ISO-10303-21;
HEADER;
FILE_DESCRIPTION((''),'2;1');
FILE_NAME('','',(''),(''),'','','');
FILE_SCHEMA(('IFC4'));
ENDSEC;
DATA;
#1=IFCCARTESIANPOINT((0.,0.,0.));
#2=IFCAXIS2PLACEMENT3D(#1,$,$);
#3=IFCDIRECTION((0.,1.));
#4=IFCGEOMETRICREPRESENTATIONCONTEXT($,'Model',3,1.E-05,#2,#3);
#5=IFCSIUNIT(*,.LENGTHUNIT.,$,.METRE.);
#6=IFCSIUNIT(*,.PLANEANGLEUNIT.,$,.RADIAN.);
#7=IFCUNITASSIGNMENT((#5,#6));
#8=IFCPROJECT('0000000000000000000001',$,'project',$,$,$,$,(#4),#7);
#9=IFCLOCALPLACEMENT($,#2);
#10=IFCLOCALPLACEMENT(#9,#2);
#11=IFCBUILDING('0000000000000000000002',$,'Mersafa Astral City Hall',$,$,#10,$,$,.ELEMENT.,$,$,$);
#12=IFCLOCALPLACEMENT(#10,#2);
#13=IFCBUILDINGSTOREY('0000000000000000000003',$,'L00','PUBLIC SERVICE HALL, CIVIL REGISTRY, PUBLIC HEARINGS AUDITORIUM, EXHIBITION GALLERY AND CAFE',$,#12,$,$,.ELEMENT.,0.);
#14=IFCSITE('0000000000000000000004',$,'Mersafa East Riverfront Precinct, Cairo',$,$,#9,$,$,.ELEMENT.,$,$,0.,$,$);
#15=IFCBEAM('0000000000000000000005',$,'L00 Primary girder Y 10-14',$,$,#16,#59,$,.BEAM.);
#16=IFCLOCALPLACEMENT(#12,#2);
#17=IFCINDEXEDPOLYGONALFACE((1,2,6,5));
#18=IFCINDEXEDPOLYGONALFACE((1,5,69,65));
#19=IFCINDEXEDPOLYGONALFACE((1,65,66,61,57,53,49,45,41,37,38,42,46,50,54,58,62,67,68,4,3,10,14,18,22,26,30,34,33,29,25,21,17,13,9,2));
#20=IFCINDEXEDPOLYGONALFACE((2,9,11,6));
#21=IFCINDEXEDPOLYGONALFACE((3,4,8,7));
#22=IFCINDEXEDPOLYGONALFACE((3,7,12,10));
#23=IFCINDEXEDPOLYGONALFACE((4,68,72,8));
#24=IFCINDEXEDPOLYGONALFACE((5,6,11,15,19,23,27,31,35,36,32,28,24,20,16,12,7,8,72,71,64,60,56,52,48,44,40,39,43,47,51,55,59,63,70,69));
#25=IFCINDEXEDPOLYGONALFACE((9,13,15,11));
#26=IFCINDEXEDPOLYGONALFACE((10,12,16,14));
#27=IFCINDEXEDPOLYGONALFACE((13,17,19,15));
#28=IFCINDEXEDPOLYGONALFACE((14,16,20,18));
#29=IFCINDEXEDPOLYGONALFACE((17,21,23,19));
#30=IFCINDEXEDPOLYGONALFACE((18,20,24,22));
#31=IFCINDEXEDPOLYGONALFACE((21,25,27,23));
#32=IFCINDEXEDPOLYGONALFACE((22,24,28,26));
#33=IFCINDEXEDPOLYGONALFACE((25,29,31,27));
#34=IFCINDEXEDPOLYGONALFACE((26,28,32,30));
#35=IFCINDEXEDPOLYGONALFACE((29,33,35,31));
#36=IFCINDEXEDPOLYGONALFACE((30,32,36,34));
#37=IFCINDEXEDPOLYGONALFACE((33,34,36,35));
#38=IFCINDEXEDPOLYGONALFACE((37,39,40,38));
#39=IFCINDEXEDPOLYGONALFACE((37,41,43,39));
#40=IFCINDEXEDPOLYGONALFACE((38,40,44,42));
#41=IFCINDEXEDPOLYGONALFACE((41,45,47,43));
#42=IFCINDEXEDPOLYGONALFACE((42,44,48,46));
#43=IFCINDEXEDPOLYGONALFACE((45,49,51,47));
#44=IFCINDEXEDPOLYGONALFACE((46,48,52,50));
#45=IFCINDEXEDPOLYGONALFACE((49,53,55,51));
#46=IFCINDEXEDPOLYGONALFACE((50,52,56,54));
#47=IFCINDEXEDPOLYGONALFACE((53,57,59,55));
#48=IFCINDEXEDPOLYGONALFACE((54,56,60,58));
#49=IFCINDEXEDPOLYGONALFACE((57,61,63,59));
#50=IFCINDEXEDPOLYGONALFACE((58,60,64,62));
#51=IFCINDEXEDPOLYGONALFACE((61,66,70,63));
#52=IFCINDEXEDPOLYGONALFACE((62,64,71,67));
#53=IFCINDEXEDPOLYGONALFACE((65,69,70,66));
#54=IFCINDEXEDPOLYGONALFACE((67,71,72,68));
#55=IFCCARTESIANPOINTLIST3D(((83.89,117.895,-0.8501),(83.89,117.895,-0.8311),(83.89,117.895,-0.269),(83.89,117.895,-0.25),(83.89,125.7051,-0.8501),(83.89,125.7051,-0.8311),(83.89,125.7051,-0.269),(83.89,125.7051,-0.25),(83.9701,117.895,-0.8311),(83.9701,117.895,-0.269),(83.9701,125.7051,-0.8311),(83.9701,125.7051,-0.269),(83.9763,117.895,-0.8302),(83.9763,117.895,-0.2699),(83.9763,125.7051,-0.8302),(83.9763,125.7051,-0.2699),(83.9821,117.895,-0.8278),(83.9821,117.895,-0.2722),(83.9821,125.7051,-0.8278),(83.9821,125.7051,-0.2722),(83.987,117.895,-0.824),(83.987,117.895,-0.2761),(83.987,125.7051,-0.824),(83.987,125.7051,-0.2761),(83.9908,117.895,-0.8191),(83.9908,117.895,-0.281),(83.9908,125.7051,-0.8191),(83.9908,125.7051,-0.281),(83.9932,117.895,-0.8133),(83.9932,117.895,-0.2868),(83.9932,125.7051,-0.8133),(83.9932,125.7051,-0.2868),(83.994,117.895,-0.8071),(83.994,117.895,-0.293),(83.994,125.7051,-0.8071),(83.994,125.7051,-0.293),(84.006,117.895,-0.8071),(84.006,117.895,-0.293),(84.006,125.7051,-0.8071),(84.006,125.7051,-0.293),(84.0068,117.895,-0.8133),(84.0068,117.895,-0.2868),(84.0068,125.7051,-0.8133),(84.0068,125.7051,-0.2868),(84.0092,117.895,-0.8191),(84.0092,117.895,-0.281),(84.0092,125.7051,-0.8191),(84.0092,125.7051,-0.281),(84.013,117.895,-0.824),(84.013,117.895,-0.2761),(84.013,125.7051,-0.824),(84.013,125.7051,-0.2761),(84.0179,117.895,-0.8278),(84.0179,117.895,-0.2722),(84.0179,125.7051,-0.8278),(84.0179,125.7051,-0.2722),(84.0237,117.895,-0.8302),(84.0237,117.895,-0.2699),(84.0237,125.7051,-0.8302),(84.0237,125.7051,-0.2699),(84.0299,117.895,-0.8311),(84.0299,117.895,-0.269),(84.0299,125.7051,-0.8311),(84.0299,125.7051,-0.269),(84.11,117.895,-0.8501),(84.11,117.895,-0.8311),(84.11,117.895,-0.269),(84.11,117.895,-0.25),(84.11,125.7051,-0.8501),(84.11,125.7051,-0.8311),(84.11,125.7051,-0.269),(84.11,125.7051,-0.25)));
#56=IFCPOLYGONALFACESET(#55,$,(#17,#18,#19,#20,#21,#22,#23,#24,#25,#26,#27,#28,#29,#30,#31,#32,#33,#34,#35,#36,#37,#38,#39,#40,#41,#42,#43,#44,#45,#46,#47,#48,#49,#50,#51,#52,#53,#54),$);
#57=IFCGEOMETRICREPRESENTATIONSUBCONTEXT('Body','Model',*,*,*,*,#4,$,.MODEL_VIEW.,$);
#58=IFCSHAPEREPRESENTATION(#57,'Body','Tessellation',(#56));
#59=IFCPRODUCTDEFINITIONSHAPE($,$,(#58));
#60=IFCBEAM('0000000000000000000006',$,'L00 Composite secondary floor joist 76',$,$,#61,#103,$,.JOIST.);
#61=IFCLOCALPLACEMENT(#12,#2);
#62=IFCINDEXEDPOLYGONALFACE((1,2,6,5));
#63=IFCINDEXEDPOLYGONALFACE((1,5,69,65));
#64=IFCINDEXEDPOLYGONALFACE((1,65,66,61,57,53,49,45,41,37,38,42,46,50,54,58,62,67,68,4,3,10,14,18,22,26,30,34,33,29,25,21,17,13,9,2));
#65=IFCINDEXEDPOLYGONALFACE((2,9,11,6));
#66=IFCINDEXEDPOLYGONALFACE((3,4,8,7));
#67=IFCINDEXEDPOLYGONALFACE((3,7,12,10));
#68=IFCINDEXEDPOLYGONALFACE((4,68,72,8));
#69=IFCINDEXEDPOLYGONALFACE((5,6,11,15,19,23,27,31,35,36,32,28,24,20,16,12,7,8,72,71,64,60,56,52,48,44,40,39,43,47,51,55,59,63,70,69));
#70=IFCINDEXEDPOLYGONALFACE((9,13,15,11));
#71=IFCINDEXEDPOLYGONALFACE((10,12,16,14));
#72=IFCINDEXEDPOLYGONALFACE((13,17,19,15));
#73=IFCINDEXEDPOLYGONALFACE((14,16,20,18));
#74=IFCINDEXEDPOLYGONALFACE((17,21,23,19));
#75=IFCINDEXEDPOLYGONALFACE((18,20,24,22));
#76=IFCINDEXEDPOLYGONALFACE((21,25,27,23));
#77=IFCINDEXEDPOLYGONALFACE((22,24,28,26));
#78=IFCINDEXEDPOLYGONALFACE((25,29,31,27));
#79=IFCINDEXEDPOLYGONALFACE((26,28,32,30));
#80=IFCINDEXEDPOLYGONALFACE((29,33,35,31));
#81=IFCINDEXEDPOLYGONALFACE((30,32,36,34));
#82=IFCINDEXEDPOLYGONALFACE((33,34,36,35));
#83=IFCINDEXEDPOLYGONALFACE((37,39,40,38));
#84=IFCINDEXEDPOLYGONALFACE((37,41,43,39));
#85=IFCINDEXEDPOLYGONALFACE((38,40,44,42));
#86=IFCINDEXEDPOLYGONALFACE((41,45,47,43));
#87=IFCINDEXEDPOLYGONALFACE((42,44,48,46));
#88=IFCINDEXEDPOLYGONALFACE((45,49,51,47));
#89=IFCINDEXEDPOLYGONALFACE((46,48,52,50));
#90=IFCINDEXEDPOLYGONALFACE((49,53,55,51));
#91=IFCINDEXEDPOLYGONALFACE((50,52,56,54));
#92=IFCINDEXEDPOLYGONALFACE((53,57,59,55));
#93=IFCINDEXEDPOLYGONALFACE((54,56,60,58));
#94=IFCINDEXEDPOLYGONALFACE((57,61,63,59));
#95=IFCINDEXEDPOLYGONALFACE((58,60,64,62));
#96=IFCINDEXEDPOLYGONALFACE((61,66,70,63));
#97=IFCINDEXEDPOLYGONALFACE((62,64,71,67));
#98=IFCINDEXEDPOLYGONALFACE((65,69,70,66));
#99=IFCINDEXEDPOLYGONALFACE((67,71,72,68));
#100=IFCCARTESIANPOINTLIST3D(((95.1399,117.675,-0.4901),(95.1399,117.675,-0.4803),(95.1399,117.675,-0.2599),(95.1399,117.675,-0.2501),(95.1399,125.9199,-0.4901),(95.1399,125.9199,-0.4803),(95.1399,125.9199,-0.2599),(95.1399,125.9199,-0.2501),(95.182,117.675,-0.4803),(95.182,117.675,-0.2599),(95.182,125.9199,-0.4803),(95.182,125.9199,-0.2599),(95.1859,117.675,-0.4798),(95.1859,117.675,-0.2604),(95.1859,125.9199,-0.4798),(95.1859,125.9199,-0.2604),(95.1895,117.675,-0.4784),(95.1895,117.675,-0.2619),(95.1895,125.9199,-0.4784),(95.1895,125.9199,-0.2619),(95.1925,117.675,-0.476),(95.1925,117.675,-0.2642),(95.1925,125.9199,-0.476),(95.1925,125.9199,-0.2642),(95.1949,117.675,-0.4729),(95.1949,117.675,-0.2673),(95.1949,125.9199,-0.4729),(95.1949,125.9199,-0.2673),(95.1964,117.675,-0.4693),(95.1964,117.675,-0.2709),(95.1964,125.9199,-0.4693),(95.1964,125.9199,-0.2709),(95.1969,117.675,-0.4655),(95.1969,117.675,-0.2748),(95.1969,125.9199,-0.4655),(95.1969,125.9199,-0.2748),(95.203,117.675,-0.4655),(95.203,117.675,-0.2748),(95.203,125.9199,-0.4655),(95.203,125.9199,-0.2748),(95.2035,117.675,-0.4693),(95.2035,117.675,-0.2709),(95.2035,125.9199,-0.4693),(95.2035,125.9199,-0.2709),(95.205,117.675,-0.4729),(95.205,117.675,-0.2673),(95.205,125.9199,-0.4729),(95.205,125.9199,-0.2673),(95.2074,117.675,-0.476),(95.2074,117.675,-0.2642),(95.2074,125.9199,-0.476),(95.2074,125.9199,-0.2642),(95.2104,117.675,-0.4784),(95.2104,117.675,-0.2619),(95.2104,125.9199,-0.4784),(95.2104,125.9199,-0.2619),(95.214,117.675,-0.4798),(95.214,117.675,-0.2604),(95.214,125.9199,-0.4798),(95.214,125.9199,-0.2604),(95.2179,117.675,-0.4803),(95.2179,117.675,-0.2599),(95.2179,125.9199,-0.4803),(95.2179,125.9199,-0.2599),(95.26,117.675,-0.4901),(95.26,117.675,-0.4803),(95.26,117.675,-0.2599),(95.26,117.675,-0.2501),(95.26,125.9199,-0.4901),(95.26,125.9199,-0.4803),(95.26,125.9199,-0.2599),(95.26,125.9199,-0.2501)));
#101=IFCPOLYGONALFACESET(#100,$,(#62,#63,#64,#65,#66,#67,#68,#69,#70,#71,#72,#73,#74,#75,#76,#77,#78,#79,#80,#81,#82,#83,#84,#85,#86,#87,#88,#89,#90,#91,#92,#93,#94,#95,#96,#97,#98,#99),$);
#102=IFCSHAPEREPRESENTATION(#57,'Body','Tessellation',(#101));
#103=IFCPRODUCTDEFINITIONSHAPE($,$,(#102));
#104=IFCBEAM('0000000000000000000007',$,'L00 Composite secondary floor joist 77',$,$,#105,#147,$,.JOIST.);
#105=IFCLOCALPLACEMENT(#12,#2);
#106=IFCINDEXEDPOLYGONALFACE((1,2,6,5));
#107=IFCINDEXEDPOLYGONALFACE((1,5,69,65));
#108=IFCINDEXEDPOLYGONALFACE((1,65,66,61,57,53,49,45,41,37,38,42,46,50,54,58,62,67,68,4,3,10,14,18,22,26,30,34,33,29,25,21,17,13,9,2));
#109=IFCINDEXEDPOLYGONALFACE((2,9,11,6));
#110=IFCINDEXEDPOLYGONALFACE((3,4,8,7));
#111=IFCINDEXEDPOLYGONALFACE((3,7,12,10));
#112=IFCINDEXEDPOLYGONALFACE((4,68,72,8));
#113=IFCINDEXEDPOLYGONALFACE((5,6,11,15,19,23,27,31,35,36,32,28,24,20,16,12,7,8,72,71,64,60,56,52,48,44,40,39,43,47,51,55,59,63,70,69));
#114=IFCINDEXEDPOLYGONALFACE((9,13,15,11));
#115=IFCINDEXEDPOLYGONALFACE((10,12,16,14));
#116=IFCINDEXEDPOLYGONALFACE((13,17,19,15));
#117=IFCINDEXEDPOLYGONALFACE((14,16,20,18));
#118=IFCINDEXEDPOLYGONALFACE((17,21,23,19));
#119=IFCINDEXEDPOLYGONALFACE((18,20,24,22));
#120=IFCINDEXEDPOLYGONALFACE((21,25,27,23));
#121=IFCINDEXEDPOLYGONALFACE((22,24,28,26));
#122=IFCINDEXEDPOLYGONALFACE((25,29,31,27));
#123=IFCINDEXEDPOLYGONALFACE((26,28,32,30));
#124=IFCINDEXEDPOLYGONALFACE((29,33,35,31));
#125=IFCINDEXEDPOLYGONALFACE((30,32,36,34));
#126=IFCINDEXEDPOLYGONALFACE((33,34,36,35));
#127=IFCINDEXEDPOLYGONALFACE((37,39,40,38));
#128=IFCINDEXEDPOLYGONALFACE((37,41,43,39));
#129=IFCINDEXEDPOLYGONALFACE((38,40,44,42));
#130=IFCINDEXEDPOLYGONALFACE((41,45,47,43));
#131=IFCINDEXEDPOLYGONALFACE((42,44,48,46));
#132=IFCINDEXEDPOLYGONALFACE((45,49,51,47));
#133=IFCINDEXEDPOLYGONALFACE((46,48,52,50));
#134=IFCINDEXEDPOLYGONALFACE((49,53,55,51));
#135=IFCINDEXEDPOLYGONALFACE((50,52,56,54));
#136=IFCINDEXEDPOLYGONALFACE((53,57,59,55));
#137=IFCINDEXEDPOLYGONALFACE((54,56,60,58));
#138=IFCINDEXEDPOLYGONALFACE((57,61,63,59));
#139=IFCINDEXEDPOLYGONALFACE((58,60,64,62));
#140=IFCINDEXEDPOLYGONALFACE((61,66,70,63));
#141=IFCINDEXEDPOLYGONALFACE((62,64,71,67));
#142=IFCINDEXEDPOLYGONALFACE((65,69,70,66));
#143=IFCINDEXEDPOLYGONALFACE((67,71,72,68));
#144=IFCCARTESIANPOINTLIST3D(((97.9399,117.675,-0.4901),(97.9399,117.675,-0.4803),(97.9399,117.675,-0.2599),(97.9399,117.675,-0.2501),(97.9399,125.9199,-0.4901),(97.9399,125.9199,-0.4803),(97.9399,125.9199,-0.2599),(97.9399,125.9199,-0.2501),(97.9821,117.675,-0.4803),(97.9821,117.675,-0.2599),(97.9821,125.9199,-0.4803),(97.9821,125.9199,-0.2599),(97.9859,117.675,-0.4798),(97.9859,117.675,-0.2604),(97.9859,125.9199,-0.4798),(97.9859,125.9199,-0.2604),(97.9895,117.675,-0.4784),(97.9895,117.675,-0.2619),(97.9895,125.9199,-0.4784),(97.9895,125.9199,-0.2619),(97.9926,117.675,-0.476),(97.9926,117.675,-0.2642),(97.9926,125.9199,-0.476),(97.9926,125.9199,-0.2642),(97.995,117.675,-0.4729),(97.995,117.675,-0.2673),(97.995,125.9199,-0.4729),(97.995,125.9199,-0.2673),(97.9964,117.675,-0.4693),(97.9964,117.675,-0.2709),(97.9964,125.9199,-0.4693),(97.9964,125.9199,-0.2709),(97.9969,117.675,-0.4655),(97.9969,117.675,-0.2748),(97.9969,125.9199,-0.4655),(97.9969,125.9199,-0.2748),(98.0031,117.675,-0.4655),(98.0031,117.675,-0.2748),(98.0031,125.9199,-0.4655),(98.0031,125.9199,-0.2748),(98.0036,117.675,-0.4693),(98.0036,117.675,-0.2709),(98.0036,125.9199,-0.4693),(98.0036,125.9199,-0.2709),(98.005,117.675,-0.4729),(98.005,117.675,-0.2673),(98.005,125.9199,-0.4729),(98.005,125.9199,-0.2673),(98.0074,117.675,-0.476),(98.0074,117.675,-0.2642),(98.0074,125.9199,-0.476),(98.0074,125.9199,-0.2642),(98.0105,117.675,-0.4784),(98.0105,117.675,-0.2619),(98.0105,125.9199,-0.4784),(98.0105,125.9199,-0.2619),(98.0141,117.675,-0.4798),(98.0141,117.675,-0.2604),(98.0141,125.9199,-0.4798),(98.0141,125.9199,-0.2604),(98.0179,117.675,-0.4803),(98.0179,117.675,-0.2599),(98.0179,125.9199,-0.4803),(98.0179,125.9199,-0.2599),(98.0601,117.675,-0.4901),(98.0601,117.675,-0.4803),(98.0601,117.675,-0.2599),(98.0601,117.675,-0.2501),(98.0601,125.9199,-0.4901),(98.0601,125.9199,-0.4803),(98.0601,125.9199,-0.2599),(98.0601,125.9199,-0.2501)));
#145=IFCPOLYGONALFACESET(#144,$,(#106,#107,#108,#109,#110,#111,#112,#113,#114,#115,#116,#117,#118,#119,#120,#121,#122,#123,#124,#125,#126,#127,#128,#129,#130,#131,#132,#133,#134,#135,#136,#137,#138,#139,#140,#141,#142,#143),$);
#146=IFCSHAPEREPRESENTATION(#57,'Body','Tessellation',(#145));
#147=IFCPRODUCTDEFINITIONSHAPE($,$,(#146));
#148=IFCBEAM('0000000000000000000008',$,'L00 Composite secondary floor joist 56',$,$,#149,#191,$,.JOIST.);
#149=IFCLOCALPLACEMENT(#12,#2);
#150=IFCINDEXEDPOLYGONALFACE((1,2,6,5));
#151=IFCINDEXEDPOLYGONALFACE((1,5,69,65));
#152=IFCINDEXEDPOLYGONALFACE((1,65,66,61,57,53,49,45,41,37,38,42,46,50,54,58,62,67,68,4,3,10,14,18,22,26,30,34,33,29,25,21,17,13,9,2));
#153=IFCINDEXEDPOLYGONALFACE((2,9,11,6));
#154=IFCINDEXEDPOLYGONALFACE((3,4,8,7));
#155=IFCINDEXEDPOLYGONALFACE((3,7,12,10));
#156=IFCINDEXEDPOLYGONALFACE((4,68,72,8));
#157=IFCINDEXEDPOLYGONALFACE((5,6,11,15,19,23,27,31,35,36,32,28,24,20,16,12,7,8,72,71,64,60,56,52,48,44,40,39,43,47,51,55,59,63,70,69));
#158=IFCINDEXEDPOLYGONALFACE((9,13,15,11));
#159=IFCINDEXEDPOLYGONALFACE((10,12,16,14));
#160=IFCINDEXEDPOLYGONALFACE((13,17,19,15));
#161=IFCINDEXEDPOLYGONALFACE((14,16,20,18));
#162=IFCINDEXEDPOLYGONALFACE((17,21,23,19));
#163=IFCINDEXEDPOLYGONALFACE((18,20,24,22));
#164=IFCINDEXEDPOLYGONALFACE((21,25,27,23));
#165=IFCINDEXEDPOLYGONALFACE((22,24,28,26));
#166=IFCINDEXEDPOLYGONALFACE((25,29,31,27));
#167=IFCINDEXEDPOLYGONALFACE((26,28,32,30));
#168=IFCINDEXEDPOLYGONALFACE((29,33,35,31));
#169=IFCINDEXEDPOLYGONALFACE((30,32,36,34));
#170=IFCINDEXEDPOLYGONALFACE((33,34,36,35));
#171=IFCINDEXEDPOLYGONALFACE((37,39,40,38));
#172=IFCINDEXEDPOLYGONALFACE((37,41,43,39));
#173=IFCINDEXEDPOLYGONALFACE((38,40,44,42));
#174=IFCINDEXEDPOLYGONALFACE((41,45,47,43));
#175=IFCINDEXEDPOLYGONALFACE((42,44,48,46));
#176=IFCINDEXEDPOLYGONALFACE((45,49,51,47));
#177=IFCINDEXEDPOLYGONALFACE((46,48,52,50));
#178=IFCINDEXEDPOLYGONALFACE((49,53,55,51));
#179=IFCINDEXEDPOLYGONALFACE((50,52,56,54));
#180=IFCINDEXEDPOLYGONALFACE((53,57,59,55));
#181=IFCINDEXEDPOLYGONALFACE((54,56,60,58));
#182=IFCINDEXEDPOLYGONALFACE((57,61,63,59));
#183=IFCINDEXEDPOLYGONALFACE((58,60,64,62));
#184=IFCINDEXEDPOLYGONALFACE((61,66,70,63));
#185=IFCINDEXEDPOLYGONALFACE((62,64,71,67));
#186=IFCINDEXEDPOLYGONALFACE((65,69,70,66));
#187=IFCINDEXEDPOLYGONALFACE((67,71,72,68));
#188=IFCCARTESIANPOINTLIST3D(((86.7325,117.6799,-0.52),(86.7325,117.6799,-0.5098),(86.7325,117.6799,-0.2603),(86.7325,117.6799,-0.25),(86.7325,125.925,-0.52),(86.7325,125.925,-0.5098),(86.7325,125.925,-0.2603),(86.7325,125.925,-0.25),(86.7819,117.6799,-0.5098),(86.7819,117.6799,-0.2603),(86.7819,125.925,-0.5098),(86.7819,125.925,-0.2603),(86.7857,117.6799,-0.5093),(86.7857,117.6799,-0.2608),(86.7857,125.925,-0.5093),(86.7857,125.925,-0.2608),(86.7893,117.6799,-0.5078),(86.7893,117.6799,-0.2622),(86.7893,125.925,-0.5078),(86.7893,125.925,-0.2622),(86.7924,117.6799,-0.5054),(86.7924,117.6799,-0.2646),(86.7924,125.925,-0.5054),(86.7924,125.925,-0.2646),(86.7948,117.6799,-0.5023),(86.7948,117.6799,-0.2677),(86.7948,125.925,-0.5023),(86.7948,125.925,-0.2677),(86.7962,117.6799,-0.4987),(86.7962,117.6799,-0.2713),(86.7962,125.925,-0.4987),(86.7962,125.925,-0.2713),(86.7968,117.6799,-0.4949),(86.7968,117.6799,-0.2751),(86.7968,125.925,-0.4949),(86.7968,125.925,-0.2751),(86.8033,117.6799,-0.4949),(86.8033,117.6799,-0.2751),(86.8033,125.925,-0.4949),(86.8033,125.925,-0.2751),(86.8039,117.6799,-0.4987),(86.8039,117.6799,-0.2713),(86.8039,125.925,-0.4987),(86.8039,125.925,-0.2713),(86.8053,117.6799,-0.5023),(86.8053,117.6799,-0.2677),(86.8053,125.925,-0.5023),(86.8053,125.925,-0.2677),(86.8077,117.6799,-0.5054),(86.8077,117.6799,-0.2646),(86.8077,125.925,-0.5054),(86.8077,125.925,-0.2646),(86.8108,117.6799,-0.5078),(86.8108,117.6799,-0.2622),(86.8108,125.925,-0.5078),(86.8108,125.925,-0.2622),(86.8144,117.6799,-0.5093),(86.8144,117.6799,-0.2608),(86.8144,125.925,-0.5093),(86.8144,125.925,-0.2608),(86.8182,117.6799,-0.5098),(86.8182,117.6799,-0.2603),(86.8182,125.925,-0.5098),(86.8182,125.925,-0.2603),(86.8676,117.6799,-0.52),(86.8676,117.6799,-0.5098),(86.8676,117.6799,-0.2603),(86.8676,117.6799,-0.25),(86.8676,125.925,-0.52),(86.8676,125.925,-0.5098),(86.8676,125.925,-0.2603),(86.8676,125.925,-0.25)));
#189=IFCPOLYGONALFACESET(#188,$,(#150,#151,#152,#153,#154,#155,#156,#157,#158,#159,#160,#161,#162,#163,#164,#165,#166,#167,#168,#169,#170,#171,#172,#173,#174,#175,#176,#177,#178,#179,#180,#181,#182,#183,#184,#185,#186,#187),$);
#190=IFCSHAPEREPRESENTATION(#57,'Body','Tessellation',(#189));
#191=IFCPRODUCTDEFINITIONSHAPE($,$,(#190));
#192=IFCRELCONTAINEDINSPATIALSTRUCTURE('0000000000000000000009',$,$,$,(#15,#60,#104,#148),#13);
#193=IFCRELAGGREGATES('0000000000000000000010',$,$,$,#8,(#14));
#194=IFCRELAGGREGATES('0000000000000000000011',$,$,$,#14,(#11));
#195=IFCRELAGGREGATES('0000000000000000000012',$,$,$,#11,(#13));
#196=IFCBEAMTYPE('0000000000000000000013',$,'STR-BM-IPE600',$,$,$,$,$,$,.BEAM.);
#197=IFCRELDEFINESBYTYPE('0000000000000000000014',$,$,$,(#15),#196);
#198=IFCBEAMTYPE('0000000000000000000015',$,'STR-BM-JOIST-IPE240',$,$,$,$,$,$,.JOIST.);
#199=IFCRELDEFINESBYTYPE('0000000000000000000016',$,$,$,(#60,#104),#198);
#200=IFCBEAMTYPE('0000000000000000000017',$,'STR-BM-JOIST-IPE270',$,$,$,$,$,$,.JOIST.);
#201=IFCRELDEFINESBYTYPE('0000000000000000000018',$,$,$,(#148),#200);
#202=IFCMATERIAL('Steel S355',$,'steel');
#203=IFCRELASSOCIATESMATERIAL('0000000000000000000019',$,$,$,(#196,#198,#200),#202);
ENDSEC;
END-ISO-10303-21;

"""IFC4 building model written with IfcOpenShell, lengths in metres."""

from ifc_helpers import new_model, si_unit, direction, frame, origin, origin_2d, place, context, subcontext, project, spatial, i_section, extrude, material, material_profile, profile_set, type_object, element, save


model = new_model("IFC4")

# Units and contexts
model_context = context("Model", 3, precision=1e-05, world=origin(), true_north=direction((0.0, 1.0)))
body_context = subcontext(model_context, "Body", "Model", "MODEL_VIEW")
ifc_project = project(units=[si_unit("LENGTHUNIT", "METRE"), si_unit("PLANEANGLEUNIT", "RADIAN")], contexts=[model_context])

# Site, building, storey
site_placement = place(None, origin())
site = spatial("IfcSite", under=ifc_project, at=site_placement, Name="Mersafa East Riverfront Precinct, Cairo", CompositionType="ELEMENT", RefElevation=0.0)
building_placement = place(site_placement, origin())
building = spatial("IfcBuilding", under=site, at=building_placement, Name="Mersafa Astral City Hall", CompositionType="ELEMENT")
storey_placement = place(building_placement, origin())
storey = spatial("IfcBuildingStorey", under=building, at=storey_placement, Name="L00", Description="PUBLIC SERVICE HALL, CIVIL REGISTRY, PUBLIC HEARINGS AUDITORIUM, EXHIBITION GALLERY AND CAFE", CompositionType="ELEMENT", Elevation=0.0)

# Shared definitions
ifc_material_1 = material(Name="Steel S355", Category="steel")

# Beams
ifc_material_profile_1 = material_profile(ifc_material_1, i_section(OverallWidth=0.22, OverallDepth=0.6001, WebThickness=0.012, FlangeThickness=0.019, FilletRadius=0.0239, at=origin_2d()), Name="IPE 600")
ifc_profile_set_1 = profile_set([ifc_material_profile_1], Name="Steel S355")
beam_type_1 = type_object("IfcBeamType", Name="STR-BM-IPE600", PredefinedType="BEAM", material=ifc_profile_set_1)
beam_1_placement = place(storey_placement, frame((84.0, 117.895, -0.55), z_axis=(0.0, 1.0, 0.0), x_axis=(-1.0, 0.0, 0.0)))
element("IfcBeam", 1, at=beam_1_placement, inside=storey, type_object=beam_type_1, Name="L00 Primary girder Y 10-14", PredefinedType="BEAM", context=body_context, shape_type="SweptSolid", body=[
    extrude(i_section(OverallWidth=0.22, OverallDepth=0.6001, WebThickness=0.012, FlangeThickness=0.019, FilletRadius=0.0239, at=origin_2d()), origin(), (0.0, 0.0, 1.0), 7.8101),
])
ifc_material_profile_2 = material_profile(ifc_material_1, i_section(OverallWidth=0.1201, OverallDepth=0.24, WebThickness=0.0061, FlangeThickness=0.0098, FilletRadius=0.0149, at=origin_2d()), Name="IPE 240")
ifc_profile_set_2 = profile_set([ifc_material_profile_2], Name="Steel S355")
beam_type_2 = type_object("IfcBeamType", Name="STR-BM-JOIST-IPE240", PredefinedType="JOIST", material=ifc_profile_set_2)
for number, where, z_axis, x_axis, name in (
    (2, (95.2, 117.675, -0.3701), (0.0, 1.0, 0.0), (-1.0, 0.0, 0.0), "L00 Composite secondary floor joist 76"),
    (3, (98.0, 117.675, -0.3701), (0.0, 1.0, 0.0), (-1.0, 0.0, 0.0), "L00 Composite secondary floor joist 77"),
):
    element("IfcBeam", number, at=place(storey_placement, frame(where, z_axis=z_axis, x_axis=x_axis)), inside=storey, type_object=beam_type_2, Name=name, PredefinedType="JOIST", context=body_context, shape_type="SweptSolid", body=[
        extrude(i_section(OverallWidth=0.1201, OverallDepth=0.24, WebThickness=0.0061, FlangeThickness=0.0098, FilletRadius=0.0149, at=origin_2d()), origin(), (0.0, 0.0, 1.0), 8.2449),
    ])
ifc_material_profile_3 = material_profile(ifc_material_1, i_section(OverallWidth=0.135, OverallDepth=0.27, WebThickness=0.0066, FlangeThickness=0.0103, FilletRadius=0.0149, at=origin_2d()), Name="IPE 270")
ifc_profile_set_3 = profile_set([ifc_material_profile_3], Name="Steel S355")
beam_type_3 = type_object("IfcBeamType", Name="STR-BM-JOIST-IPE270", PredefinedType="JOIST", material=ifc_profile_set_3)
for number, where, z_axis, x_axis, name in (
    (4, (86.8, 117.6799, -0.385), (0.0, 1.0, 0.0), (-1.0, 0.0, 0.0), "L00 Composite secondary floor joist 56"),
):
    element("IfcBeam", number, at=place(storey_placement, frame(where, z_axis=z_axis, x_axis=x_axis)), inside=storey, type_object=beam_type_3, Name=name, PredefinedType="JOIST", context=body_context, shape_type="SweptSolid", body=[
        extrude(i_section(OverallWidth=0.135, OverallDepth=0.27, WebThickness=0.0066, FlangeThickness=0.0103, FilletRadius=0.0149, at=origin_2d()), origin(), (0.0, 0.0, 1.0), 8.2451),
    ])

save(model, "model.ifc")
